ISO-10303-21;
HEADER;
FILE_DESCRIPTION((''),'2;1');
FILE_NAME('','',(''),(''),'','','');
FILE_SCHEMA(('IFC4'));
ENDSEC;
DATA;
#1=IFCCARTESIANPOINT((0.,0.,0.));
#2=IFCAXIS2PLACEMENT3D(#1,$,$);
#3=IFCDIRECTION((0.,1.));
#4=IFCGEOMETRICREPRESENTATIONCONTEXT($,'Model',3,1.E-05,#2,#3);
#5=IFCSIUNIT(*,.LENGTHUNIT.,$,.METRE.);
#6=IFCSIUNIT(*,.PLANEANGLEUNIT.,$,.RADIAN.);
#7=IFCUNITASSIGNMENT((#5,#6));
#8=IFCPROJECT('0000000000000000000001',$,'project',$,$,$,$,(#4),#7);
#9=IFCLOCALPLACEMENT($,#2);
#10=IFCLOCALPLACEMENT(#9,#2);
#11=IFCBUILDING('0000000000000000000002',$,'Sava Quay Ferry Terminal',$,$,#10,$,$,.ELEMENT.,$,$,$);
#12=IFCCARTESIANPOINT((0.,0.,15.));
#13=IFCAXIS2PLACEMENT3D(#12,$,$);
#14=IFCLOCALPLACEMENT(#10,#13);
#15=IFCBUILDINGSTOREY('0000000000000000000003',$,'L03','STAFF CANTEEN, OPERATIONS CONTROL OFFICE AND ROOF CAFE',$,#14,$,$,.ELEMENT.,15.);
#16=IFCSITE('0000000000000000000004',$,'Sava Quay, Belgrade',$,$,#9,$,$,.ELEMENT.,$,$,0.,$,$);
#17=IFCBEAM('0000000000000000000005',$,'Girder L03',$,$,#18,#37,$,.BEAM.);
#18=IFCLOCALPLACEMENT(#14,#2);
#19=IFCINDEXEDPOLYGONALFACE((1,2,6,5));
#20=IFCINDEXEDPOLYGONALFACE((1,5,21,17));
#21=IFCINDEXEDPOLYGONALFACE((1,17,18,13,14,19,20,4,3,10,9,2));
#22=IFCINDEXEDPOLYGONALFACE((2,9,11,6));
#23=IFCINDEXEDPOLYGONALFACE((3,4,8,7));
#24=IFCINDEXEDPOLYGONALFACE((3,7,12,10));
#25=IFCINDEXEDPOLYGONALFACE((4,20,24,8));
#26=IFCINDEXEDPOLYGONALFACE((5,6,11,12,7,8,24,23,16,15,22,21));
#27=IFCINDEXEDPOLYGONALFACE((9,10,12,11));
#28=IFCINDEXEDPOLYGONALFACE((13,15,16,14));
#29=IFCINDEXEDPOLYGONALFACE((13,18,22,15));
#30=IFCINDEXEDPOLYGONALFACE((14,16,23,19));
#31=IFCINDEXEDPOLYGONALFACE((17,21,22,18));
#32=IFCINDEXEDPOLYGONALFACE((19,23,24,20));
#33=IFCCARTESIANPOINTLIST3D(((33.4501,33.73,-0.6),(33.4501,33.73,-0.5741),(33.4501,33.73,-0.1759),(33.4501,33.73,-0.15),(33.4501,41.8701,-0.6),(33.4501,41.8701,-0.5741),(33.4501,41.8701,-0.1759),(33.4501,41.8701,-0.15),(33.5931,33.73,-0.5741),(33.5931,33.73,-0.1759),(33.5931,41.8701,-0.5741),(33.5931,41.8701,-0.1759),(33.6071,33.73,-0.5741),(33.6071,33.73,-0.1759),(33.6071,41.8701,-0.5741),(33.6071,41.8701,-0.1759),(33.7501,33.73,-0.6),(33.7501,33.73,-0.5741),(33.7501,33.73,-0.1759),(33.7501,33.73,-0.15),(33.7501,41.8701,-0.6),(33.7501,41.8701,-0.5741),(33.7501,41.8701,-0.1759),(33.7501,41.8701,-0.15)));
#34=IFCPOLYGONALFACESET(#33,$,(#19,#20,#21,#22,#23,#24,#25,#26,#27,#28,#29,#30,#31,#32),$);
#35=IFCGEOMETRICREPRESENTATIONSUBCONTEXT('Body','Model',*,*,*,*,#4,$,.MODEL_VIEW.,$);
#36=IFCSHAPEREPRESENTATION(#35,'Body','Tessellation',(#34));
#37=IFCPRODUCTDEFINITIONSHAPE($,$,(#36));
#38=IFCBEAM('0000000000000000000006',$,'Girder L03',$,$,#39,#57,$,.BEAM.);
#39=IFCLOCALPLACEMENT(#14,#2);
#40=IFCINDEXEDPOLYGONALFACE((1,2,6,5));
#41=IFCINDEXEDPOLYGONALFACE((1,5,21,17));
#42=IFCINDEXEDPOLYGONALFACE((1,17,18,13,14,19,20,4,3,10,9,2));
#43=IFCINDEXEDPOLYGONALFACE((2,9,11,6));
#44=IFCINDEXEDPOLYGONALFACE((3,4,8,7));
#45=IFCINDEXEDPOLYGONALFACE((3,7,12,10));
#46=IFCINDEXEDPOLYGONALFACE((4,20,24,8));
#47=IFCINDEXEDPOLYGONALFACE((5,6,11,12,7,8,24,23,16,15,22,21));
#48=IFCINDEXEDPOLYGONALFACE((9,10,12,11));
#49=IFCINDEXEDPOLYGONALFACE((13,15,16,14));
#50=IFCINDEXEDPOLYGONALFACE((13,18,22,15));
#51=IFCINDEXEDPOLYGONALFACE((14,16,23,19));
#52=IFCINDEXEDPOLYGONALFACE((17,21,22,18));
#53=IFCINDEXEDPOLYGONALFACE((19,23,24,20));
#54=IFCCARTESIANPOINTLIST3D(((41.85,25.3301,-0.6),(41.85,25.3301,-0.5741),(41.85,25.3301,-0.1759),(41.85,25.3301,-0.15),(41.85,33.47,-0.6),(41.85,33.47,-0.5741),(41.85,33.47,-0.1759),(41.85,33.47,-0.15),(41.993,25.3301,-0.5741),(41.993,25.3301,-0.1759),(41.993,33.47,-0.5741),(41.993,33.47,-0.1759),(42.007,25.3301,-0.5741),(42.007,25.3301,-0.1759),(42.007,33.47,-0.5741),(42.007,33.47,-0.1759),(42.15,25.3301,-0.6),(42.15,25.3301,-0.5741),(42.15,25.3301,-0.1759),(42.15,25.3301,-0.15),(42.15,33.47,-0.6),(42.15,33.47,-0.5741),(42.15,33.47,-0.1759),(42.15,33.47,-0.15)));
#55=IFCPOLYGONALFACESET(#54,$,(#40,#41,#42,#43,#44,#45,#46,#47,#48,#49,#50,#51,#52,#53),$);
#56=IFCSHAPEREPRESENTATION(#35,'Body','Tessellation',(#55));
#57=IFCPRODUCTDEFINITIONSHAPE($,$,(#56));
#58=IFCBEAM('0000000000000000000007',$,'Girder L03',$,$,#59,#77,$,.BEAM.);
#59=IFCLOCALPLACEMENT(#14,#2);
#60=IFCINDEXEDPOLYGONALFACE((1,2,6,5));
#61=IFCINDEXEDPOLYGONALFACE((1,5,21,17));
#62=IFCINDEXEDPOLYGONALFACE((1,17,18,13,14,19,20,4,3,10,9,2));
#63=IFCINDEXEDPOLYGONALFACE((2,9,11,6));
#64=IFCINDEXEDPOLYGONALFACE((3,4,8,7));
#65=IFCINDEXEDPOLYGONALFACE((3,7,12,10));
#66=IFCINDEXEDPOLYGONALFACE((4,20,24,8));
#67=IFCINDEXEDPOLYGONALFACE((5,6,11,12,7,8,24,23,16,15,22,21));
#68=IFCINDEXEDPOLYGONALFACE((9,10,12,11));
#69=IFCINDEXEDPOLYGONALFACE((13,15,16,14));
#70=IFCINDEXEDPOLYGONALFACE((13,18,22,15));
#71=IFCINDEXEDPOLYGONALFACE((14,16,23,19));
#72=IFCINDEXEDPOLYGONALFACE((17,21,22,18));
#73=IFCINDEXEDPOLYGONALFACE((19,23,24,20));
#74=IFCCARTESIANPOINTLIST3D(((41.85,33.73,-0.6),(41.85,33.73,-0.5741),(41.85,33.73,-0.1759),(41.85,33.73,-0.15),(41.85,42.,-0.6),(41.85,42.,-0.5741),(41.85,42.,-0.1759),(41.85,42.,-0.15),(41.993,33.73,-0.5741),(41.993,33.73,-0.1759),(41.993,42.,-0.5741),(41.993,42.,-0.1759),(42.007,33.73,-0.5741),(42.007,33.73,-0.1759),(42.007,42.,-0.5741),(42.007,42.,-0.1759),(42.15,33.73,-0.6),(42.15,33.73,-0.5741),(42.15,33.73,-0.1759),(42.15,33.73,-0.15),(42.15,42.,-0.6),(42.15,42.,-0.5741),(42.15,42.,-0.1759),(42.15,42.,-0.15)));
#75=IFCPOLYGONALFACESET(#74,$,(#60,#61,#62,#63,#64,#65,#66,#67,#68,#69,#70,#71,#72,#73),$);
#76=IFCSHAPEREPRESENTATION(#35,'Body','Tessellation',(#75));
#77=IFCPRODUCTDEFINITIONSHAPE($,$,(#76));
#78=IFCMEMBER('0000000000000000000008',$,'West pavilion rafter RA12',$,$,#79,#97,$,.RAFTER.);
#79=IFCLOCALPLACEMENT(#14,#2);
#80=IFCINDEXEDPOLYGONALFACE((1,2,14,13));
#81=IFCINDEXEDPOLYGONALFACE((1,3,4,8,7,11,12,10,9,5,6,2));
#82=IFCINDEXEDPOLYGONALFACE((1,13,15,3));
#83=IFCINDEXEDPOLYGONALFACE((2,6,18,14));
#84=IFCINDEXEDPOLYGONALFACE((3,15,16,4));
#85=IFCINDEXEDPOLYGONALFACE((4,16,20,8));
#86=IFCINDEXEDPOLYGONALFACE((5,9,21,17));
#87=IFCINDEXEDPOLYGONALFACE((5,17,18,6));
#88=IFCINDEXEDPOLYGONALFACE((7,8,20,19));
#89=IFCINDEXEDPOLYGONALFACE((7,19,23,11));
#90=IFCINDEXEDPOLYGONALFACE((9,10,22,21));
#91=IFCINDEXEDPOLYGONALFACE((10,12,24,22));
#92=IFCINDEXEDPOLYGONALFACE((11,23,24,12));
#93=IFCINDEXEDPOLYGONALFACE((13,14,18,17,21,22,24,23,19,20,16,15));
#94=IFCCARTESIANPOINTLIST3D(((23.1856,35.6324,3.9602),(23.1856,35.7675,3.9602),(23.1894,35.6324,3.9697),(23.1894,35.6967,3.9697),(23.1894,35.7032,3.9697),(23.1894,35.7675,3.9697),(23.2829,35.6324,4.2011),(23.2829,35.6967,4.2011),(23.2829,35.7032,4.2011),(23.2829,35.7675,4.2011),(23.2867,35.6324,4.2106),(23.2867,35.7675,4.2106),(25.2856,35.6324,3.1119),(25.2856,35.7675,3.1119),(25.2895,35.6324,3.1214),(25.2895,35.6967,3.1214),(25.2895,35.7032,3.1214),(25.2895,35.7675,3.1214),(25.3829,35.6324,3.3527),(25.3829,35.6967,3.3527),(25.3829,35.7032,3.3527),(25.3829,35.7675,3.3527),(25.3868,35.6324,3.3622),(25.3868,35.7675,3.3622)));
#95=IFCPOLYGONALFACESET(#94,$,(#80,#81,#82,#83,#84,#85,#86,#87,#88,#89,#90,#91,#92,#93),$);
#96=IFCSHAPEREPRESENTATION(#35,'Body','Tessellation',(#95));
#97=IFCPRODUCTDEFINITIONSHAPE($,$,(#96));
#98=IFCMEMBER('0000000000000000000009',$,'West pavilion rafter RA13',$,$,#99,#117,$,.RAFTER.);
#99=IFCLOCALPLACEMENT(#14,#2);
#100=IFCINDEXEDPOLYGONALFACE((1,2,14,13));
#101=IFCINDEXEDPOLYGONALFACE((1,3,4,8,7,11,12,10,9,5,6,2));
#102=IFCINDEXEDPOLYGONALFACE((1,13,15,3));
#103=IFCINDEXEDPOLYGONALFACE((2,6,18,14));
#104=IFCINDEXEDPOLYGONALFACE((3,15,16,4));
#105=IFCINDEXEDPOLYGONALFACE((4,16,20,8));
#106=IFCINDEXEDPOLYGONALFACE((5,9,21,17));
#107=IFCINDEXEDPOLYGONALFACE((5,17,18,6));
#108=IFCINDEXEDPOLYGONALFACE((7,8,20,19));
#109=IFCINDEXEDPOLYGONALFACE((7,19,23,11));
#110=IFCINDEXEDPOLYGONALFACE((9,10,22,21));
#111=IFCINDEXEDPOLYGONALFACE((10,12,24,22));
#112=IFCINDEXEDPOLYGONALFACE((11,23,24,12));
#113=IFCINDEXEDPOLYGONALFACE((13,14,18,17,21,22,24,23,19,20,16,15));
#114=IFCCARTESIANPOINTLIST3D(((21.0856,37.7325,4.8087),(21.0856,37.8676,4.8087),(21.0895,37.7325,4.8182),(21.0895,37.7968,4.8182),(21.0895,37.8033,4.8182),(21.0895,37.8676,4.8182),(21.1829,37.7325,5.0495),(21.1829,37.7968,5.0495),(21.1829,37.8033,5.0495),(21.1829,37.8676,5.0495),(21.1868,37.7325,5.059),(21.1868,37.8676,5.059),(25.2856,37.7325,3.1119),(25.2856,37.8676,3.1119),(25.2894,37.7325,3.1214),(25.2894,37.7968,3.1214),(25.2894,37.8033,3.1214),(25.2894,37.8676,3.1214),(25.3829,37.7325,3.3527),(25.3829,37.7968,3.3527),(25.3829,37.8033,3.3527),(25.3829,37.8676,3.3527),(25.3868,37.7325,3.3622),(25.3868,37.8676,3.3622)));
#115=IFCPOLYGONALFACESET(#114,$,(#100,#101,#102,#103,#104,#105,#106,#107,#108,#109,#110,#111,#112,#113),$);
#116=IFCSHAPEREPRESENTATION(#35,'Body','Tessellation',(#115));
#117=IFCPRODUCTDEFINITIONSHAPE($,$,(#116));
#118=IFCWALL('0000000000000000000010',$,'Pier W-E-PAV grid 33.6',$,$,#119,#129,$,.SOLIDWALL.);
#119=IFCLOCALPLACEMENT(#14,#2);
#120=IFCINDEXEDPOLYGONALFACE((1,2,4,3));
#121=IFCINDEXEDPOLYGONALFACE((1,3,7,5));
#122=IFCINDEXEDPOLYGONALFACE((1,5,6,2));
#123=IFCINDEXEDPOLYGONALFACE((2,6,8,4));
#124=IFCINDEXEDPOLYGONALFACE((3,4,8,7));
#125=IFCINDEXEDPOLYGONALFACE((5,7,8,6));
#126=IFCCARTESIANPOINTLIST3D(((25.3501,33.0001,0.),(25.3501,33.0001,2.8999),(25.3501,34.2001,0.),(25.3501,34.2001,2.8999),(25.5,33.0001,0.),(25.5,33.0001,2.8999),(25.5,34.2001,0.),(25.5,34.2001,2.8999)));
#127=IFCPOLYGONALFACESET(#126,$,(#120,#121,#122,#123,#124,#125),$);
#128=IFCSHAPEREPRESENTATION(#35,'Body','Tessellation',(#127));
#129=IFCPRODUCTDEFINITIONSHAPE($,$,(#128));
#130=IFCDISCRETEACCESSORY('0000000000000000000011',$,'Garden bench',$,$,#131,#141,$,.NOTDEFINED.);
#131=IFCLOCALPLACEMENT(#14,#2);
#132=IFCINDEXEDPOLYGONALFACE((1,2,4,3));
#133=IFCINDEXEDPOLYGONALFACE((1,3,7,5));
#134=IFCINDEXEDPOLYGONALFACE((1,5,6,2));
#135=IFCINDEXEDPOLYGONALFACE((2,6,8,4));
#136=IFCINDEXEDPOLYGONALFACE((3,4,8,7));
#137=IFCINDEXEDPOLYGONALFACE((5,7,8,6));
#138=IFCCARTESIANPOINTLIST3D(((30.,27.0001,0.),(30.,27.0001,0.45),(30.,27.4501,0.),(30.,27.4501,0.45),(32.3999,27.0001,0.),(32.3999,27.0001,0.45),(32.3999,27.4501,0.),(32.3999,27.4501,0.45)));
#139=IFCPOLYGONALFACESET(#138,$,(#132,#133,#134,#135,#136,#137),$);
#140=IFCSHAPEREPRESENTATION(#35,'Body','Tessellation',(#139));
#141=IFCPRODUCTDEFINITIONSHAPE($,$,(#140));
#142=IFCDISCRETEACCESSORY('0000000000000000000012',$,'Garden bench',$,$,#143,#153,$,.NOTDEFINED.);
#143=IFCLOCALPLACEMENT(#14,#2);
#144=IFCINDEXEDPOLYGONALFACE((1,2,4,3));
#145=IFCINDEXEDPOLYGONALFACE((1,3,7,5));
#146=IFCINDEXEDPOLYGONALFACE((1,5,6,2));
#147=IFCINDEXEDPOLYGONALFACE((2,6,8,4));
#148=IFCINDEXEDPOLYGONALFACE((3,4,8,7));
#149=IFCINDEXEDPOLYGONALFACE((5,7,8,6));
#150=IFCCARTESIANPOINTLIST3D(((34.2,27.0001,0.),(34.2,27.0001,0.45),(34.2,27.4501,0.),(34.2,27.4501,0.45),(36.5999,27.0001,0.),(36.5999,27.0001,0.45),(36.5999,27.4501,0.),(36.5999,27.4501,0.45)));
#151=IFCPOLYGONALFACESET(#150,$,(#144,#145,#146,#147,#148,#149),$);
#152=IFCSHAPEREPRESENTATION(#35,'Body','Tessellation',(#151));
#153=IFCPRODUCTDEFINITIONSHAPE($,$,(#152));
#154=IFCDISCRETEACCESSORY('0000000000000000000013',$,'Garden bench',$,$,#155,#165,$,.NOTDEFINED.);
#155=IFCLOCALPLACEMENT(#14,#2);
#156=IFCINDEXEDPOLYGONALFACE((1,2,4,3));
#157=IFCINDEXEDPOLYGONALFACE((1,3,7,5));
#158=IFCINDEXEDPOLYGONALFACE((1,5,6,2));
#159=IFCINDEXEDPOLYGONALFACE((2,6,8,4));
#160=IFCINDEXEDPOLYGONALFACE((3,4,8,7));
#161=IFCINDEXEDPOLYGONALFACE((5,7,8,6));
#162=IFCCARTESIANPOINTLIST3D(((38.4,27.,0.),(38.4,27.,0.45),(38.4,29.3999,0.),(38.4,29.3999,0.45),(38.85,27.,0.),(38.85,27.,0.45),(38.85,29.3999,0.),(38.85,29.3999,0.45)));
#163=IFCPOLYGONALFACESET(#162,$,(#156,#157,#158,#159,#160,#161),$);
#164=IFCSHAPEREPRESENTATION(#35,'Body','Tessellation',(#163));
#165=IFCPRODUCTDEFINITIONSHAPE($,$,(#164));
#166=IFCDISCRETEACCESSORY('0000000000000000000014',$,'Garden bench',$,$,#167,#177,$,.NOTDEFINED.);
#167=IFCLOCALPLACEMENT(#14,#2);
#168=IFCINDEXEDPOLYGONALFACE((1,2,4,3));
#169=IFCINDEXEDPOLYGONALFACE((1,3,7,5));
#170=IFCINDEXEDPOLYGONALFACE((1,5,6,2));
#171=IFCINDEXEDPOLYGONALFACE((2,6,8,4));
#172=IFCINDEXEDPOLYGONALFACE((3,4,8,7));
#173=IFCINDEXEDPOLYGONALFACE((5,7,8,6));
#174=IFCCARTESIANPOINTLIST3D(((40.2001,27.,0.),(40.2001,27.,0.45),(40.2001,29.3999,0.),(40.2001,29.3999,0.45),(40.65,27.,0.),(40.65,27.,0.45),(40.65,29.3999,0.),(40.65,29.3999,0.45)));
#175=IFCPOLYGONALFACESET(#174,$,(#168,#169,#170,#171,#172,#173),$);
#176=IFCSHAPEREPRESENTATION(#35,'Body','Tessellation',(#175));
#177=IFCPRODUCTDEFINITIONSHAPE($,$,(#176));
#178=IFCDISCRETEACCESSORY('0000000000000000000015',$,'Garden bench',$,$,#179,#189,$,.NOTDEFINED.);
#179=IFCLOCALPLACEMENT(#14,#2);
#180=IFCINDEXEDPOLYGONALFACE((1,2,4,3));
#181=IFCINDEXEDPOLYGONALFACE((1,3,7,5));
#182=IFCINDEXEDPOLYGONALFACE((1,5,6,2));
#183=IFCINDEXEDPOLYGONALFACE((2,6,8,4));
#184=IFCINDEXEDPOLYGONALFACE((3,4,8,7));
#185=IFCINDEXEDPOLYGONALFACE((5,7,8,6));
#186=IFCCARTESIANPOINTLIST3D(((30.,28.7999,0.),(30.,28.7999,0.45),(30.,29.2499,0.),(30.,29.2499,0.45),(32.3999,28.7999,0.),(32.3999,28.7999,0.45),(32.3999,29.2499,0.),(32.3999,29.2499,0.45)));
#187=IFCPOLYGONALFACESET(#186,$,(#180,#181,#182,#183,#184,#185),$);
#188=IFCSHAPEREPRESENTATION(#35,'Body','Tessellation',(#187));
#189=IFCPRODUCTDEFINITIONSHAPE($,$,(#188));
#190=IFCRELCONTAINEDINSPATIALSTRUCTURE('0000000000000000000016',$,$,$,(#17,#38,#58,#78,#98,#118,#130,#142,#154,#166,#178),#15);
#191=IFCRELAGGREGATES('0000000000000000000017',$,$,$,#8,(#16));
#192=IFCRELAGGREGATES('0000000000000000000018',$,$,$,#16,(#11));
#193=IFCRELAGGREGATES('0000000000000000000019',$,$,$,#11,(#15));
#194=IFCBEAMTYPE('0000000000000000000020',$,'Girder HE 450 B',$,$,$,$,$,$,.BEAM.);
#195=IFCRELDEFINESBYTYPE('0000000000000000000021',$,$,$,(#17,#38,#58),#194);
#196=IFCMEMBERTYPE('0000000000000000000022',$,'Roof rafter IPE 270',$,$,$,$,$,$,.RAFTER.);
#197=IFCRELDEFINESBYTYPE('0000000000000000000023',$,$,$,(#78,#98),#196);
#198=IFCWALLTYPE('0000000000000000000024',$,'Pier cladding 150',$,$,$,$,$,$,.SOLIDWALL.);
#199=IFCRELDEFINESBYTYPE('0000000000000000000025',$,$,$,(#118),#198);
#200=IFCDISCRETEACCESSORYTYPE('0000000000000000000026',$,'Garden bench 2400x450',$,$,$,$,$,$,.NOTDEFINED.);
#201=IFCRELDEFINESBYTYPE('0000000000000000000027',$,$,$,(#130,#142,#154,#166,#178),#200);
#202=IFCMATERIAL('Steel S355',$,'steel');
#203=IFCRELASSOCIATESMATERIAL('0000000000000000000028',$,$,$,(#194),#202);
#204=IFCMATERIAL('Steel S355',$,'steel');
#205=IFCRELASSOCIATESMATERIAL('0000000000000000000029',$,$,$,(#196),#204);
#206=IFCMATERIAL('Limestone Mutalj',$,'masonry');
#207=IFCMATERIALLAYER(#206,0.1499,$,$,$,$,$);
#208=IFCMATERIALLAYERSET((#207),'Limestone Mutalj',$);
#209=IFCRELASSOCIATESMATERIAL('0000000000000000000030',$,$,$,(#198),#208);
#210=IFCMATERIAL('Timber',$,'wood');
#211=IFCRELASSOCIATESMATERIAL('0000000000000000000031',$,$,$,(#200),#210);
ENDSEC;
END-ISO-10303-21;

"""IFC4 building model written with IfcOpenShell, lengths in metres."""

from ifc_helpers import new_model, si_unit, direction, frame, frame_2d, origin, origin_2d, place, context, subcontext, project, spatial, rectangle, i_section, extrude, material, layer, layer_set, material_profile, profile_set, type_object, element, save


model = new_model("IFC4")

# Units and contexts
model_context = context("Model", 3, precision=1e-05, world=origin(), true_north=direction((0.0, 1.0)))
body_context = subcontext(model_context, "Body", "Model", "MODEL_VIEW")
ifc_project = project(units=[si_unit("LENGTHUNIT", "METRE"), si_unit("PLANEANGLEUNIT", "RADIAN")], contexts=[model_context])

# Site, building, storey
site_placement = place(None, origin())
site = spatial("IfcSite", under=ifc_project, at=site_placement, Name="Sava Quay, Belgrade", CompositionType="ELEMENT", RefElevation=0.0)
building_placement = place(site_placement, origin())
building = spatial("IfcBuilding", under=site, at=building_placement, Name="Sava Quay Ferry Terminal", CompositionType="ELEMENT")
storey_placement = place(building_placement, frame((0.0, 0.0, 15.0)))
storey = spatial("IfcBuildingStorey", under=building, at=storey_placement, Name="L03", Description="STAFF CANTEEN, OPERATIONS CONTROL OFFICE AND ROOF CAFE", CompositionType="ELEMENT", Elevation=15.0)

# Beams
ifc_material_1 = material(Name="Steel S355", Category="steel")
ifc_material_profile_1 = material_profile(ifc_material_1, i_section(OverallWidth=0.3, OverallDepth=0.45, WebThickness=0.0139, FlangeThickness=0.0259, at=origin_2d()), Name="HE 450 B")
ifc_profile_set_1 = profile_set([ifc_material_profile_1], Name="Steel S355")
beam_type_1 = type_object("IfcBeamType", Name="Girder HE 450 B", PredefinedType="BEAM", material=ifc_profile_set_1)
beam_1_placement = place(storey_placement, frame((33.6001, 33.73, -0.375), z_axis=(0.0, 1.0, 0.0), x_axis=(-1.0, 0.0, 0.0)))
element("IfcBeam", 1, at=beam_1_placement, inside=storey, type_object=beam_type_1, Name="Girder L03", PredefinedType="BEAM", context=body_context, shape_type="SweptSolid", body=[
    extrude(i_section(OverallWidth=0.3, OverallDepth=0.45, WebThickness=0.0139, FlangeThickness=0.0259, at=origin_2d()), origin(), (0.0, 0.0, 1.0), 8.1401),
])
beam_2_placement = place(storey_placement, frame((42.0, 25.3301, -0.375), z_axis=(0.0, 1.0, 0.0), x_axis=(-1.0, 0.0, 0.0)))
element("IfcBeam", 2, at=beam_2_placement, inside=storey, type_object=beam_type_1, Name="Girder L03", PredefinedType="BEAM", context=body_context, shape_type="SweptSolid", body=[
    extrude(i_section(OverallWidth=0.3, OverallDepth=0.45, WebThickness=0.0139, FlangeThickness=0.0259, at=origin_2d()), origin(), (0.0, 0.0, 1.0), 8.1399),
])
beam_3_placement = place(storey_placement, frame((42.0, 33.73, -0.375), z_axis=(0.0, 1.0, 0.0), x_axis=(-1.0, 0.0, 0.0)))
element("IfcBeam", 3, at=beam_3_placement, inside=storey, type_object=beam_type_1, Name="Girder L03", PredefinedType="BEAM", context=body_context, shape_type="SweptSolid", body=[
    extrude(i_section(OverallWidth=0.3, OverallDepth=0.45, WebThickness=0.0139, FlangeThickness=0.0259, at=origin_2d()), origin(), (0.0, 0.0, 1.0), 8.27),
])

# Members
ifc_material_2 = material(Name="Steel S355", Category="steel")
ifc_material_profile_2 = material_profile(ifc_material_2, i_section(OverallWidth=0.135, OverallDepth=0.27, WebThickness=0.0066, FlangeThickness=0.0103, at=origin_2d()), Name="IPE 270")
ifc_profile_set_2 = profile_set([ifc_material_profile_2], Name="Steel S355")
member_type = type_object("IfcMemberType", Name="Roof rafter IPE 270", PredefinedType="RAFTER", material=ifc_profile_set_2)
member_1_placement = place(storey_placement, frame((25.3362, 35.7, 3.2371), z_axis=(-0.9272, 0.0, 0.374566), x_axis=(0.0, -1.0, 0.0)))
element("IfcMember", 4, at=member_1_placement, inside=storey, type_object=member_type, Name="West pavilion rafter RA12", PredefinedType="RAFTER", context=body_context, shape_type="SweptSolid", body=[
    extrude(i_section(OverallWidth=0.135, OverallDepth=0.27, WebThickness=0.0066, FlangeThickness=0.0103, at=origin_2d()), origin(), (0.0, 0.0, 1.0), 2.2649),
])
member_2_placement = place(storey_placement, frame((25.3362, 37.8, 3.2371), z_axis=(-0.927193, 0.0, 0.374585), x_axis=(0.0, -1.0, 0.0)))
element("IfcMember", 5, at=member_2_placement, inside=storey, type_object=member_type, Name="West pavilion rafter RA13", PredefinedType="RAFTER", context=body_context, shape_type="SweptSolid", body=[
    extrude(i_section(OverallWidth=0.135, OverallDepth=0.27, WebThickness=0.0066, FlangeThickness=0.0103, at=origin_2d()), origin(), (0.0, 0.0, 1.0), 4.5298),
])

# Wall
ifc_material_3 = material(Name="Limestone Mutalj", Category="masonry")
ifc_layer = layer(ifc_material_3, 0.1499)
ifc_layer_set = layer_set([ifc_layer], Name="Limestone Mutalj")
wall_type = type_object("IfcWallType", Name="Pier cladding 150", PredefinedType="SOLIDWALL", material=ifc_layer_set)
wall_placement = place(storey_placement, frame((25.425, 33.0, 0.0), z_axis=(0.0, 0.0, 1.0), x_axis=(0.0, 1.0, 0.0)))
element("IfcWall", 6, at=wall_placement, inside=storey, type_object=wall_type, Name="Pier W-E-PAV grid 33.6", PredefinedType="SOLIDWALL", context=body_context, shape_type="SweptSolid", body=[
    extrude(rectangle(XDim=1.2, YDim=0.1499, at=frame_2d((0.6001, 0.0))), origin(), (0.0, 0.0, 1.0), 2.8999),
])

# Discrete accessories
ifc_material_4 = material(Name="Timber", Category="wood")
discrete_accessory_type_1 = type_object("IfcDiscreteAccessoryType", Name="Garden bench 2400x450", PredefinedType="NOTDEFINED", material=ifc_material_4)
for number, where, z_axis, x_axis, name in (
    (7, (31.2, 27.2251, 0.0), (0.0, 0.0, 1.0), (1.0, 0.0, 0.0), "Garden bench"),
    (8, (35.3999, 27.2251, 0.0), (0.0, 0.0, 1.0), (1.0, 0.0, 0.0), "Garden bench"),
):
    element("IfcDiscreteAccessory", number, at=place(storey_placement, frame(where, z_axis=z_axis, x_axis=x_axis)), inside=storey, type_object=discrete_accessory_type_1, Name=name, PredefinedType="NOTDEFINED", context=body_context, shape_type="SweptSolid", body=[
        extrude(rectangle(XDim=2.3999, YDim=0.45, at=origin_2d()), origin(), (0.0, 0.0, 1.0), 0.45),
    ])
for number, where, z_axis, x_axis, name in (
    (9, (38.625, 28.2, 0.0), (0.0, 0.0, 1.0), (1.0, 0.0, 0.0), "Garden bench"),
    (10, (40.425, 28.2, 0.0), (0.0, 0.0, 1.0), (1.0, 0.0, 0.0), "Garden bench"),
):
    element("IfcDiscreteAccessory", number, at=place(storey_placement, frame(where, z_axis=z_axis, x_axis=x_axis)), inside=storey, type_object=discrete_accessory_type_1, Name=name, PredefinedType="NOTDEFINED", context=body_context, shape_type="SweptSolid", body=[
        extrude(rectangle(XDim=0.45, YDim=2.3999, at=origin_2d()), origin(), (0.0, 0.0, 1.0), 0.45),
    ])
discrete_accessory_1_placement = place(storey_placement, frame((31.2, 29.0249, 0.0), z_axis=(0.0, 0.0, 1.0), x_axis=(1.0, 0.0, 0.0)))
element("IfcDiscreteAccessory", 11, at=discrete_accessory_1_placement, inside=storey, type_object=discrete_accessory_type_1, Name="Garden bench", PredefinedType="NOTDEFINED", context=body_context, shape_type="SweptSolid", body=[
    extrude(rectangle(XDim=2.3999, YDim=0.45, at=origin_2d()), origin(), (0.0, 0.0, 1.0), 0.45),
])

save(model, "model.ifc")
